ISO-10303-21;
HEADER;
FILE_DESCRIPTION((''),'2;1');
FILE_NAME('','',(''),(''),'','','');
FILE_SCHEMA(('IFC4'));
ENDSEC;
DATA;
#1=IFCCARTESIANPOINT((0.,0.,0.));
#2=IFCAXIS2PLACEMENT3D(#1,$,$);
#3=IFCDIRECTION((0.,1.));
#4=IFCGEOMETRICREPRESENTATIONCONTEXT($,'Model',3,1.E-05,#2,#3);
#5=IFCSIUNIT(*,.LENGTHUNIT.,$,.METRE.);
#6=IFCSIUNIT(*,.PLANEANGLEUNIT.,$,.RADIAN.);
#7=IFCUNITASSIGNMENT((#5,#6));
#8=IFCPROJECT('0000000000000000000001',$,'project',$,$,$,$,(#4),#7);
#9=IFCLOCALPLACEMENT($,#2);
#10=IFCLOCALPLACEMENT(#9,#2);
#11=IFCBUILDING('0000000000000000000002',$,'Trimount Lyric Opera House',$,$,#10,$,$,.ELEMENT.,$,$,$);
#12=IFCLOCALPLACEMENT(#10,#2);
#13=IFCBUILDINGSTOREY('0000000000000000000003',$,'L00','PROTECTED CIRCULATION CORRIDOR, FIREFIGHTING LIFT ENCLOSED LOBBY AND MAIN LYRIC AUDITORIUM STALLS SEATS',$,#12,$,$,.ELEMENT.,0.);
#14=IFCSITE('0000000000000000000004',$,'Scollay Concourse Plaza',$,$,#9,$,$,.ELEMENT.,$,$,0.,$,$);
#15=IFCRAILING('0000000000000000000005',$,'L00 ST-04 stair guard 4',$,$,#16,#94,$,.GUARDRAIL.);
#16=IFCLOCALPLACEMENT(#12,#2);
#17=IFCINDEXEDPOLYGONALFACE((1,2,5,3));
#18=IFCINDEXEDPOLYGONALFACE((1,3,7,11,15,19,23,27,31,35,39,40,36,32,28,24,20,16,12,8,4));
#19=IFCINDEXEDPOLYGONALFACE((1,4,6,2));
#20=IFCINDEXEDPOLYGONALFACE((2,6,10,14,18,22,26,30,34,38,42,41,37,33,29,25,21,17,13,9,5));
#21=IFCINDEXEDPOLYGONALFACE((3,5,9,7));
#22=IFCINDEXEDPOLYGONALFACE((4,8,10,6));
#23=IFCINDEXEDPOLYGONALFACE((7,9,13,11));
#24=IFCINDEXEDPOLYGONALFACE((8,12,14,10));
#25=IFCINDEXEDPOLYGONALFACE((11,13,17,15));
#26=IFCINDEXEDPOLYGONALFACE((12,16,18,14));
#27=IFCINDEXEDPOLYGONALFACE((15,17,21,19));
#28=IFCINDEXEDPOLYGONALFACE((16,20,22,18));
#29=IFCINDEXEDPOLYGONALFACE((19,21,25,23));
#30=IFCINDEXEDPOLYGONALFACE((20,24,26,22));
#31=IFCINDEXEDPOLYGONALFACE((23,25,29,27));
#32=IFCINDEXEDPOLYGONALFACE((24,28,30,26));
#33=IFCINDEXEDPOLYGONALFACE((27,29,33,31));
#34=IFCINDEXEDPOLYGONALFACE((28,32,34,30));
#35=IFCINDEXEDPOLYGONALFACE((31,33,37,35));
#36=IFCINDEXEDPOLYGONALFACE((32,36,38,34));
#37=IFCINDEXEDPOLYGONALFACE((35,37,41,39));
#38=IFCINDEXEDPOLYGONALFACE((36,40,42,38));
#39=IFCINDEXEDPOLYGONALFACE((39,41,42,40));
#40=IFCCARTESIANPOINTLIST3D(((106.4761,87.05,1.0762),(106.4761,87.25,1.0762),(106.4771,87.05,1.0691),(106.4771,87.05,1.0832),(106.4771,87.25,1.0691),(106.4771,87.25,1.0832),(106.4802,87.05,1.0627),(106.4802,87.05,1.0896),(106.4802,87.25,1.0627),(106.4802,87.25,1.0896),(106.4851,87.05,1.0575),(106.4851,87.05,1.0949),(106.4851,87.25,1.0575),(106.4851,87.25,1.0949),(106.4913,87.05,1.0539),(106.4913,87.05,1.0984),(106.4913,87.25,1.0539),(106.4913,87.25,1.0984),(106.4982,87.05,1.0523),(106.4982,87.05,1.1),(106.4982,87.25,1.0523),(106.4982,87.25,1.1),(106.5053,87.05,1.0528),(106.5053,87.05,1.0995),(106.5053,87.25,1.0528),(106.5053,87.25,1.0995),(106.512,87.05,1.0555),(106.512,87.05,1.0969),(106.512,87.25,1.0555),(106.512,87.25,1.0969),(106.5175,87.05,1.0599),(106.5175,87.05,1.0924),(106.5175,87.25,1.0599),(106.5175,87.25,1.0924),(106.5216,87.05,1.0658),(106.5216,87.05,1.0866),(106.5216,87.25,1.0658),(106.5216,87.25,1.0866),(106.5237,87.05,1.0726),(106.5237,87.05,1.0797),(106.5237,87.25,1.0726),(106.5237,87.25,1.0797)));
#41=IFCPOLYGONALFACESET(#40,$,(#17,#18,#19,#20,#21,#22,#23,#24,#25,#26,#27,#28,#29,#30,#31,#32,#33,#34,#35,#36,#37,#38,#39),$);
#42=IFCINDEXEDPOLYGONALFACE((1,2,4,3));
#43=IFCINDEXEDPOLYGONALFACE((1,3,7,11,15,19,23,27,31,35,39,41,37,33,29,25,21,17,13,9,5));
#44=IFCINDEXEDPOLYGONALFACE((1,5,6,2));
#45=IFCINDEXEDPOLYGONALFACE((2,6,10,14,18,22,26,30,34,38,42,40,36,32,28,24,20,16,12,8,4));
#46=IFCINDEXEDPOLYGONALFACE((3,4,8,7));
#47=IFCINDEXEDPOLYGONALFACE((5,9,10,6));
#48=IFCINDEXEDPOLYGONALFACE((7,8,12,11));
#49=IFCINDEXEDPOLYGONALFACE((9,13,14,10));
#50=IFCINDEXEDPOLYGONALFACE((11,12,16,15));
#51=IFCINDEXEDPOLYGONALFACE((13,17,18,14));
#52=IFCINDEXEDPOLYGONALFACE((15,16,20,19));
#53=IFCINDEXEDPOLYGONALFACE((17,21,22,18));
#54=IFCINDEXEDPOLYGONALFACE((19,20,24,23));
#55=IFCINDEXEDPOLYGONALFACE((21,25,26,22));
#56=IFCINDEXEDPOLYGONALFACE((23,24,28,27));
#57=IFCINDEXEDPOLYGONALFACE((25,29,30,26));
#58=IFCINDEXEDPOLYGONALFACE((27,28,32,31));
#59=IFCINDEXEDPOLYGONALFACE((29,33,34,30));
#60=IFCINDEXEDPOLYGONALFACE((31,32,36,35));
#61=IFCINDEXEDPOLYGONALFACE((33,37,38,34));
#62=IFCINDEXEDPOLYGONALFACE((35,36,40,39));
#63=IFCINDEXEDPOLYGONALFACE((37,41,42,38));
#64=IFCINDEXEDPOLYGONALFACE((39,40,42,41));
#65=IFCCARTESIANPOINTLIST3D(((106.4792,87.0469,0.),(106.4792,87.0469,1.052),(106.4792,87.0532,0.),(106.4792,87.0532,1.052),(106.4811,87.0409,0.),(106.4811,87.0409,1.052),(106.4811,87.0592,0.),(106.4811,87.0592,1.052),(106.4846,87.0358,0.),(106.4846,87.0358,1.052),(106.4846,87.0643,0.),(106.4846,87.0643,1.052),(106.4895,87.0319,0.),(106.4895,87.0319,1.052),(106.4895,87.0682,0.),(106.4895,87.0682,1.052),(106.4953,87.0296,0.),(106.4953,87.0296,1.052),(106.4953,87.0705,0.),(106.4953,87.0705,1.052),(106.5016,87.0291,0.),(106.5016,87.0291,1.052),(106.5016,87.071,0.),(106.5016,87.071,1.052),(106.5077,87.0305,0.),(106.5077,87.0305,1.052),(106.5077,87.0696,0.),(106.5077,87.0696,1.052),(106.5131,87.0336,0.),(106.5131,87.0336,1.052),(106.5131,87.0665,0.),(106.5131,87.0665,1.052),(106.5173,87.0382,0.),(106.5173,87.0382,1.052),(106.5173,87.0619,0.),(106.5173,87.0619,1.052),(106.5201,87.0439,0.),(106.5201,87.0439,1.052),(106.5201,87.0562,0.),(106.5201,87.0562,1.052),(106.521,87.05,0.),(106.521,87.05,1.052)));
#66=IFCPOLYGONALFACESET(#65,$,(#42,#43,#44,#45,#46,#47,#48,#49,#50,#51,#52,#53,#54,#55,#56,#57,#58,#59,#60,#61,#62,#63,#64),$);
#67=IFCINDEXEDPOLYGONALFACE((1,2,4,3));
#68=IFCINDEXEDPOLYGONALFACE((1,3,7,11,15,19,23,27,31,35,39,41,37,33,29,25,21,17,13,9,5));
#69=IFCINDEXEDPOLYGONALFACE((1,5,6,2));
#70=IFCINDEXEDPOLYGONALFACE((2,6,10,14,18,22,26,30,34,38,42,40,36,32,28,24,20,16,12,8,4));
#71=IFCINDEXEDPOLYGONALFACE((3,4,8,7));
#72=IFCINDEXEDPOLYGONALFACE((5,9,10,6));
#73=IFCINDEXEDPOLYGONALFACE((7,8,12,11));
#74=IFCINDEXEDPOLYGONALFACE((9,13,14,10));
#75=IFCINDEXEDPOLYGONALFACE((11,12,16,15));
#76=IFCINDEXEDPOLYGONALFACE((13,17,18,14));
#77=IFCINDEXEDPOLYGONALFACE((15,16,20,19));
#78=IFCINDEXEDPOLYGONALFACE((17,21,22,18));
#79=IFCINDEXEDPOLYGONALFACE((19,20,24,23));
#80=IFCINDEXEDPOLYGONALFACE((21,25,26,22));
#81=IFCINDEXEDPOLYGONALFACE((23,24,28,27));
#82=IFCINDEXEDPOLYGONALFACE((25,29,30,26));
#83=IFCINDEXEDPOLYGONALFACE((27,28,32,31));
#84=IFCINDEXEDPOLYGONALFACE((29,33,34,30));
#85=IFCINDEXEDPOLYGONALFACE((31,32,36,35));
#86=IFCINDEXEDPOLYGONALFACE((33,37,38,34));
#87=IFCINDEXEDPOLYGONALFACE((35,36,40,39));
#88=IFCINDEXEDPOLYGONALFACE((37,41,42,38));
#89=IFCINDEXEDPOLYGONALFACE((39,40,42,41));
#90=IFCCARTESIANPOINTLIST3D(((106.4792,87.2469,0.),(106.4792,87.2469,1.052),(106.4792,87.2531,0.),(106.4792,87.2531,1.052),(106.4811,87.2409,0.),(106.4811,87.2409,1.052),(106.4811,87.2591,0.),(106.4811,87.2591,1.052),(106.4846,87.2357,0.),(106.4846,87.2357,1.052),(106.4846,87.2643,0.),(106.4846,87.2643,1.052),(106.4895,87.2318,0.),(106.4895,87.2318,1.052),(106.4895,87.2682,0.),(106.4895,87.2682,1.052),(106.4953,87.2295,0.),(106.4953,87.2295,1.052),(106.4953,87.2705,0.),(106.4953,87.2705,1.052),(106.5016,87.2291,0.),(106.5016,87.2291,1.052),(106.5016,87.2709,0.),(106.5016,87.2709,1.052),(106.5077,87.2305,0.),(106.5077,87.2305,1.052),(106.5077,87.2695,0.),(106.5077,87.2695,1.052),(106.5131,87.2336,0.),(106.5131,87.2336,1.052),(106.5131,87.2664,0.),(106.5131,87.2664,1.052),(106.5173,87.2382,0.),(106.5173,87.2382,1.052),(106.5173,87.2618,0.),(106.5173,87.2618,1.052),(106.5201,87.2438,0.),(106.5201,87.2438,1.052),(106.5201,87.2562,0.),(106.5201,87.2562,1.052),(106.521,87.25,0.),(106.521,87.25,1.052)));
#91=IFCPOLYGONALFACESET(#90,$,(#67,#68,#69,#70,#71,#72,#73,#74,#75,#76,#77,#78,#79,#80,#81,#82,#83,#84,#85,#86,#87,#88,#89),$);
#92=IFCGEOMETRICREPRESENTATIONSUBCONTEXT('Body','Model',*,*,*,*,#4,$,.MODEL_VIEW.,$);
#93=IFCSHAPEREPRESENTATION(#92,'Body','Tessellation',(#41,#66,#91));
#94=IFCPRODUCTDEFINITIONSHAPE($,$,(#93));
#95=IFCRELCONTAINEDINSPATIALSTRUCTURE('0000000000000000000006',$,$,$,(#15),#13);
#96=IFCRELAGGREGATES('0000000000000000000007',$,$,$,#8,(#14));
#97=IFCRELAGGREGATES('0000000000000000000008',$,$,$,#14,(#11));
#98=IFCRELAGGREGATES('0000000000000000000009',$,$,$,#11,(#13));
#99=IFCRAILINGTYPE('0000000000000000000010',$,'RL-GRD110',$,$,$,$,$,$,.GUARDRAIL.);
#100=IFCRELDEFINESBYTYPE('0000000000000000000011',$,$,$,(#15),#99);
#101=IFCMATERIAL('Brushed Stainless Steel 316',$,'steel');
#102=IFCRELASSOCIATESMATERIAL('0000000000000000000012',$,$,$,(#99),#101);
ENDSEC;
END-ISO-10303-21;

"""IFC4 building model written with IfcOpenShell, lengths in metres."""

from ifc_helpers import new_model, si_unit, direction, frame, origin, origin_2d, place, context, subcontext, project, spatial, circle, extrude, material, type_object, element, save


model = new_model("IFC4")

# Units and contexts
model_context = context("Model", 3, precision=1e-05, world=origin(), true_north=direction((0.0, 1.0)))
body_context = subcontext(model_context, "Body", "Model", "MODEL_VIEW")
ifc_project = project(units=[si_unit("LENGTHUNIT", "METRE"), si_unit("PLANEANGLEUNIT", "RADIAN")], contexts=[model_context])

# Site, building, storey
site_placement = place(None, origin())
site = spatial("IfcSite", under=ifc_project, at=site_placement, Name="Scollay Concourse Plaza", CompositionType="ELEMENT", RefElevation=0.0)
building_placement = place(site_placement, origin())
building = spatial("IfcBuilding", under=site, at=building_placement, Name="Trimount Lyric Opera House", CompositionType="ELEMENT")
storey_placement = place(building_placement, origin())
storey = spatial("IfcBuildingStorey", under=building, at=storey_placement, Name="L00", Description="PROTECTED CIRCULATION CORRIDOR, FIREFIGHTING LIFT ENCLOSED LOBBY AND MAIN LYRIC AUDITORIUM STALLS SEATS", CompositionType="ELEMENT", Elevation=0.0)

# Railing
ifc_material_1 = material(Name="Brushed Stainless Steel 316", Category="steel")
railing_type_1 = type_object("IfcRailingType", Name="RL-GRD110", PredefinedType="GUARDRAIL", material=ifc_material_1)
railing_1_placement = place(storey_placement, frame((106.5, 87.05, 0.0)))
element("IfcRailing", 1, at=railing_1_placement, inside=storey, type_object=railing_type_1, Name="L00 ST-04 stair guard 4", PredefinedType="GUARDRAIL", context=body_context, shape_type="SweptSolid", body=[
    extrude(circle(Radius=0.0239, at=origin_2d()), frame((0.0, 0.0, 1.0762), z_axis=(0.0, 1.0, 0.0), x_axis=(-1.0, 0.0, 0.0)), (0.0, 0.0, 1.0), 0.2),
    extrude(circle(Radius=0.021, at=origin_2d()), origin(), (0.0, 0.0, 1.0), 1.052),
    extrude(circle(Radius=0.021, at=origin_2d()), frame((0.0, 0.2, 0.0)), (0.0, 0.0, 1.0), 1.052),
])

save(model, "model.ifc")
